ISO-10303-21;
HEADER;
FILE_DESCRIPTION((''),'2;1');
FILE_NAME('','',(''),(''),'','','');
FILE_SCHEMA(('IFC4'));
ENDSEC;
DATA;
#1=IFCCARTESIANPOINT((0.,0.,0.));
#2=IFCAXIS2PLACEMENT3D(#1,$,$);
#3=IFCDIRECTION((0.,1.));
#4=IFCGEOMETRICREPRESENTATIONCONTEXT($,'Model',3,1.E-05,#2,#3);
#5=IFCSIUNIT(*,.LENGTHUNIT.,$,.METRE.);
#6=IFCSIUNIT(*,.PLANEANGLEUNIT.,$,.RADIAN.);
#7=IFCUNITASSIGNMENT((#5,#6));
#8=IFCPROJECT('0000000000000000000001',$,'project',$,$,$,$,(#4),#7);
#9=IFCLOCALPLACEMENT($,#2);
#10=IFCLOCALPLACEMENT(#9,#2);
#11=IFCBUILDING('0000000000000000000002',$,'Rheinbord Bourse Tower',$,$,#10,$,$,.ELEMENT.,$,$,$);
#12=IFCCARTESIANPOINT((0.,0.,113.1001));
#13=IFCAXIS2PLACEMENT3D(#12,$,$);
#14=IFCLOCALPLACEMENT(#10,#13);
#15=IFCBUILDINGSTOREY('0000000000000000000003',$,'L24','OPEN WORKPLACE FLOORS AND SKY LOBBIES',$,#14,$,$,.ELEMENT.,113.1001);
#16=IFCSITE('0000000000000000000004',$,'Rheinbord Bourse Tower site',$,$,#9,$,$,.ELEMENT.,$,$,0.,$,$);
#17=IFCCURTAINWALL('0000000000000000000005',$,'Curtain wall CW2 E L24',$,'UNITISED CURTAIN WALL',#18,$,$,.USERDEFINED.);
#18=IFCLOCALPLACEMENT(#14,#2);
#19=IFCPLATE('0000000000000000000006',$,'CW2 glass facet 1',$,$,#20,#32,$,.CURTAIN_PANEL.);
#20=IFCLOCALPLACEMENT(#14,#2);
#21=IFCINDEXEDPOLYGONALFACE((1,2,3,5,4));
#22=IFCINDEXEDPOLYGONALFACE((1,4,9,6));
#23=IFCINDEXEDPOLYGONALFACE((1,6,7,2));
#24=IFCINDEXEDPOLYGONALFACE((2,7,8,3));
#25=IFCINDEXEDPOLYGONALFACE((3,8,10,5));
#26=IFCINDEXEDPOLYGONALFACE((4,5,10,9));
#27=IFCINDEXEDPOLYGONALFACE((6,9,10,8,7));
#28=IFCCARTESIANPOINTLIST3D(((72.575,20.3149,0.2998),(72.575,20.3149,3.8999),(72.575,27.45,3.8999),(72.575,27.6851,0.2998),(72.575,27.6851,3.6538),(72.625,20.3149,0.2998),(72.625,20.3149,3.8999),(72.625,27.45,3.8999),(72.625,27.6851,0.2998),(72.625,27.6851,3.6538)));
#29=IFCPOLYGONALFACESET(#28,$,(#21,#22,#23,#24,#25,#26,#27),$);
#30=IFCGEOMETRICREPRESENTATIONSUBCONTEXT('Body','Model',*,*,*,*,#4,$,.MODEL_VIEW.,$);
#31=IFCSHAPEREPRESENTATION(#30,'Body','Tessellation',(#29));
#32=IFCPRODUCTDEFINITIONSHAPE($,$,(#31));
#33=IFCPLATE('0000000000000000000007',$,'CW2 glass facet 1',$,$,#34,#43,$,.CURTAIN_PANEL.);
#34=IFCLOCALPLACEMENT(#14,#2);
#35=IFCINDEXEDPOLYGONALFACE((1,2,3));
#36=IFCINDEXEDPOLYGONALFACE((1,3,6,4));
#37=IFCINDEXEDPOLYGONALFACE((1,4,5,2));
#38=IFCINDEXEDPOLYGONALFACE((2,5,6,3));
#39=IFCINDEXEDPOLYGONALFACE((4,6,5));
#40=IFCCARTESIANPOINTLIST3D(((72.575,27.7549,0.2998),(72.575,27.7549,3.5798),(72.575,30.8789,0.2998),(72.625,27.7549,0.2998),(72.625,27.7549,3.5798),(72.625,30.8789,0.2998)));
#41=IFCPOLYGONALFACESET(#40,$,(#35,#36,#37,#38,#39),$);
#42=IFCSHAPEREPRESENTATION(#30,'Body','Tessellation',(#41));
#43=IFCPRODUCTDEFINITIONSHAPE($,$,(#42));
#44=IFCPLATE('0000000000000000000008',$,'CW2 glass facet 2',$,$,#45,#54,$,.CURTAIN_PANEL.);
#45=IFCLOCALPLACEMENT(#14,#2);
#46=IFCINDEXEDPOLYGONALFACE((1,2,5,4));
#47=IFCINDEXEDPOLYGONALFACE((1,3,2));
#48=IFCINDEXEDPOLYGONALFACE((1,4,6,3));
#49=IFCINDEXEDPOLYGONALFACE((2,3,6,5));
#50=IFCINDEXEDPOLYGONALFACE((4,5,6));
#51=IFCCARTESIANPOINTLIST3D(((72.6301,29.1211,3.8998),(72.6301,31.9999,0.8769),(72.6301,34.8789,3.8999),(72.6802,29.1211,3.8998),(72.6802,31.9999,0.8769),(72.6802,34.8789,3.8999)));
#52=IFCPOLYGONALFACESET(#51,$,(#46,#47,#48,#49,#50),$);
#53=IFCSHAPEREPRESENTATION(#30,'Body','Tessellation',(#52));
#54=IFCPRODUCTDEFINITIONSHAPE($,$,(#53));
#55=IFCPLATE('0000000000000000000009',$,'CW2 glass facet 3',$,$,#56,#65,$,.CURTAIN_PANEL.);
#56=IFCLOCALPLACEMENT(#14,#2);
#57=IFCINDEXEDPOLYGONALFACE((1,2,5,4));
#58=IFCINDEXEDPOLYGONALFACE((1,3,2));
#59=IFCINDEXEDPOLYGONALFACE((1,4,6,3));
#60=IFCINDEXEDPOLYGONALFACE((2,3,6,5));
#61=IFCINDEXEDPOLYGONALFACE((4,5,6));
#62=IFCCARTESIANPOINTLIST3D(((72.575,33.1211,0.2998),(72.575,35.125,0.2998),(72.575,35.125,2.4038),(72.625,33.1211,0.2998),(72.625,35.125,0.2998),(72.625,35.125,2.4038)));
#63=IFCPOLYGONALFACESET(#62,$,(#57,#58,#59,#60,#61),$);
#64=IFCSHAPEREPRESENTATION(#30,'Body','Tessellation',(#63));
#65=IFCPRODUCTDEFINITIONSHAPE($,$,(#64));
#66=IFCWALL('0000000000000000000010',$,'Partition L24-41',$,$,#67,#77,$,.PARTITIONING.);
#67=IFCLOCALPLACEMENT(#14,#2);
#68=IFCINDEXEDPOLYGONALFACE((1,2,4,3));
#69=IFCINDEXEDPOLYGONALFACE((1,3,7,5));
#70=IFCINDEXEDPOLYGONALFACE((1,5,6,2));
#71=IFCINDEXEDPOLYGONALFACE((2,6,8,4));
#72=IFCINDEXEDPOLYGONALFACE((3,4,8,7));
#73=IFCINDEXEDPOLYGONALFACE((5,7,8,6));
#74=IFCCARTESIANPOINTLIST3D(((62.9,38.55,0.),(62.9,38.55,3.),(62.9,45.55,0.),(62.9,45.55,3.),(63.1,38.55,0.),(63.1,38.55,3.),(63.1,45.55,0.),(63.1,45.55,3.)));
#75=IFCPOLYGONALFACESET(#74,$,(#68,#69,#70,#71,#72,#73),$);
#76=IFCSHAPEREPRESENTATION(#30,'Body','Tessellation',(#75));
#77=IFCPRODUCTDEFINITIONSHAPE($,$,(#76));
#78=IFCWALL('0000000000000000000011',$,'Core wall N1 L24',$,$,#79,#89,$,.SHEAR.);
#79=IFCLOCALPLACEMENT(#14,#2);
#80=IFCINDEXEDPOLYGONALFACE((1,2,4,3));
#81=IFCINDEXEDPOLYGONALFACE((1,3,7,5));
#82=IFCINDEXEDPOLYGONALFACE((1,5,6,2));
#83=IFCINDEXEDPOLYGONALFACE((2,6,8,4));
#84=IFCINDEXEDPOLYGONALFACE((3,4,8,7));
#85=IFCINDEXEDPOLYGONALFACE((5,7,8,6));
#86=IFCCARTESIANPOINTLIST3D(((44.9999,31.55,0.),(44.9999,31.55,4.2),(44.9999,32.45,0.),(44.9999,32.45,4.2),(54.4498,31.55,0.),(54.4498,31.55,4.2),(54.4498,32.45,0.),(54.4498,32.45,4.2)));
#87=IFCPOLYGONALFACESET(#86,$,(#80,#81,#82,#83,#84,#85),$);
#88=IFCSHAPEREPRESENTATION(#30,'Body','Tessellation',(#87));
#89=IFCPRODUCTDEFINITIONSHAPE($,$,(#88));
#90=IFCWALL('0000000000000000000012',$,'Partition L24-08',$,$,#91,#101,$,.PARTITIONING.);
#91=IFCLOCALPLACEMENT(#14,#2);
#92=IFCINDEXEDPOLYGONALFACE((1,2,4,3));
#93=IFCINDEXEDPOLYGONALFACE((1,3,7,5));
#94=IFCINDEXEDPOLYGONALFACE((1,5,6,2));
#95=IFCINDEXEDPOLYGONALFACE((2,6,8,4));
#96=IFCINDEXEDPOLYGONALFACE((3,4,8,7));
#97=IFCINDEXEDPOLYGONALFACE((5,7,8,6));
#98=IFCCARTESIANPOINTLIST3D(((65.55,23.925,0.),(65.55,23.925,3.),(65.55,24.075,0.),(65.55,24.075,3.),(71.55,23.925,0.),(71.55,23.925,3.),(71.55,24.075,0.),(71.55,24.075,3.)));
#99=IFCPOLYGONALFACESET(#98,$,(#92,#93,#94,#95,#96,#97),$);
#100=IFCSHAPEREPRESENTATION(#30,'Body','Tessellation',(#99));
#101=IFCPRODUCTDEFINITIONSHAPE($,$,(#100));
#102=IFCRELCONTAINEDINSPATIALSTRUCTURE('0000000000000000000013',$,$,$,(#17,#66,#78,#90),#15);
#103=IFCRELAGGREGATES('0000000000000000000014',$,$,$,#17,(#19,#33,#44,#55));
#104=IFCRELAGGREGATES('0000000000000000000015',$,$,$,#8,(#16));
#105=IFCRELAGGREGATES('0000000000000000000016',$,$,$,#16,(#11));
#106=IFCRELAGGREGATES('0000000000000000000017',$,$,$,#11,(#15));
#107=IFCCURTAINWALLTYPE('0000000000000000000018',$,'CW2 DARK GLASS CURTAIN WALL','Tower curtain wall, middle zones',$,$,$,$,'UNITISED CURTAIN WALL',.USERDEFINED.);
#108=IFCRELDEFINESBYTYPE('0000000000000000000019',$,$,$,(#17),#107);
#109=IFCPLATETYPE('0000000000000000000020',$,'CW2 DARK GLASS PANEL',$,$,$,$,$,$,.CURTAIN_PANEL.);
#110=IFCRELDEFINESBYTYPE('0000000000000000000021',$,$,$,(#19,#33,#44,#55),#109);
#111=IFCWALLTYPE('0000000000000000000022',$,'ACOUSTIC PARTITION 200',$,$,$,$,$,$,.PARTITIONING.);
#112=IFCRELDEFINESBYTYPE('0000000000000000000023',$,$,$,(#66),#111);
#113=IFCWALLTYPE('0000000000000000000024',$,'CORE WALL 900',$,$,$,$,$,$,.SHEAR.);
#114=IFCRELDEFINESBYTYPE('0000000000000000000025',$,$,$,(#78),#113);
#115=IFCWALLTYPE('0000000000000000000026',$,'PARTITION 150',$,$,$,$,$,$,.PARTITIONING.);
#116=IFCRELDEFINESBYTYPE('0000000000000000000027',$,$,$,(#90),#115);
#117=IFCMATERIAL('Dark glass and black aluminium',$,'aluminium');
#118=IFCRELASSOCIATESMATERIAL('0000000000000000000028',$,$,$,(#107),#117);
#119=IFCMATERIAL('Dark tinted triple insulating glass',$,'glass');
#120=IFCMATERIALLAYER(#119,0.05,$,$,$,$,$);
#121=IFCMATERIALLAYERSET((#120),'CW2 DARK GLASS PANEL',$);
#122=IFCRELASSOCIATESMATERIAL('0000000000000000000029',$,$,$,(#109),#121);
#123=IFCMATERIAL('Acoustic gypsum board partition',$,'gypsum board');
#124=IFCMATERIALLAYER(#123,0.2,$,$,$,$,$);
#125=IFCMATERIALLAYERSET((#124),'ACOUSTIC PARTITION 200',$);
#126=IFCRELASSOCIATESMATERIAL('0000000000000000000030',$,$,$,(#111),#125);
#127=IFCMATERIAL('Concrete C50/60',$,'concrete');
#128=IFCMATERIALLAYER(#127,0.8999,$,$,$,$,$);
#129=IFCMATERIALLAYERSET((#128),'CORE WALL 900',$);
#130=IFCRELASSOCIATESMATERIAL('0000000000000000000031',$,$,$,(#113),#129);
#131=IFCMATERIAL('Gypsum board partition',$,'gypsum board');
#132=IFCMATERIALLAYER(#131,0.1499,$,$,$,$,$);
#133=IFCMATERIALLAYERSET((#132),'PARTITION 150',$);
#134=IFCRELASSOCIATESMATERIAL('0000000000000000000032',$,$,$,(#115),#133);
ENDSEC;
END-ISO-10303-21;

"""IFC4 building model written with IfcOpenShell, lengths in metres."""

from ifc_helpers import new_model, si_unit, direction, frame, frame_2d, origin, place, context, subcontext, project, spatial, polyline, rectangle, outline, extrude, material, layer, layer_set, type_object, element, aggregate, save


model = new_model("IFC4")

# Units and contexts
model_context = context("Model", 3, precision=1e-05, world=origin(), true_north=direction((0.0, 1.0)))
body_context = subcontext(model_context, "Body", "Model", "MODEL_VIEW")
ifc_project = project(units=[si_unit("LENGTHUNIT", "METRE"), si_unit("PLANEANGLEUNIT", "RADIAN")], contexts=[model_context])

# Site, building, storey
site_placement = place(None, origin())
site = spatial("IfcSite", under=ifc_project, at=site_placement, Name="Rheinbord Bourse Tower site", CompositionType="ELEMENT", RefElevation=0.0)
building_placement = place(site_placement, origin())
building = spatial("IfcBuilding", under=site, at=building_placement, Name="Rheinbord Bourse Tower", CompositionType="ELEMENT")
storey_placement = place(building_placement, frame((0.0, 0.0, 113.1001)))
storey = spatial("IfcBuildingStorey", under=building, at=storey_placement, Name="L24", Description="OPEN WORKPLACE FLOORS AND SKY LOBBIES", CompositionType="ELEMENT", Elevation=113.1001)

# Curtain wall
ifc_material_1 = material(Name="Dark glass and black aluminium", Category="aluminium")
curtain_wall_type = type_object("IfcCurtainWallType", Name="CW2 DARK GLASS CURTAIN WALL", Description="Tower curtain wall, middle zones", ElementType="UNITISED CURTAIN WALL", PredefinedType="USERDEFINED", material=ifc_material_1)
curtain_wall_placement = place(storey_placement, origin())
curtain_wall = element("IfcCurtainWall", 1, at=curtain_wall_placement, inside=storey, type_object=curtain_wall_type, Name="Curtain wall CW2 E L24", ObjectType="UNITISED CURTAIN WALL", PredefinedType="USERDEFINED")

# Plates
ifc_material_2 = material(Name="Dark tinted triple insulating glass", Category="glass")
ifc_layer_1 = layer(ifc_material_2, 0.05)
ifc_layer_set_1 = layer_set([ifc_layer_1], Name="CW2 DARK GLASS PANEL")
plate_type = type_object("IfcPlateType", Name="CW2 DARK GLASS PANEL", PredefinedType="CURTAIN_PANEL", material=ifc_layer_set_1)
plate_1_placement = place(storey_placement, frame((72.625, 27.6851, 0.2998), z_axis=(-1.0, 0.0, 0.0), x_axis=(0.0, -1.0, 0.0)))
plate_1 = element("IfcPlate", 2, at=plate_1_placement, type_object=plate_type, Name="CW2 glass facet 1", PredefinedType="CURTAIN_PANEL", context=body_context, shape_type="SweptSolid", body=[
    extrude(outline(polyline([(0.0, 0.0), (7.3701, 0.0), (7.3701, 3.6001), (0.2351, 3.6001), (0.0, 3.354), (0.0, 0.0)])), origin(), (0.0, 0.0, 1.0), 0.05),
])
plate_2_placement = place(storey_placement, frame((72.625, 27.7549, 0.2998), z_axis=(-1.0, 0.0, 0.0), x_axis=(0.0, 0.0, 1.0)))
plate_2 = element("IfcPlate", 3, at=plate_2_placement, type_object=plate_type, Name="CW2 glass facet 1", PredefinedType="CURTAIN_PANEL", context=body_context, shape_type="SweptSolid", body=[
    extrude(outline(polyline([(0.0, 0.0), (3.28, 0.0), (0.0, 3.124), (0.0, 0.0)])), origin(), (0.0, 0.0, 1.0), 0.05),
])
plate_3_placement = place(storey_placement, frame((72.6802, 34.8789, 3.8999), z_axis=(-1.0, 0.0, 0.0), x_axis=(0.0, -0.689643, -0.724149)))
plate_3 = element("IfcPlate", 4, at=plate_3_placement, type_object=plate_type, Name="CW2 glass facet 2", PredefinedType="CURTAIN_PANEL", context=body_context, shape_type="SweptSolid", body=[
    extrude(outline(polyline([(0.0, 0.0), (4.1746, 0.0), (3.9709, 4.1694), (0.0, 0.0)])), origin(), (0.0, 0.0, 1.0), 0.05),
])
plate_4_placement = place(storey_placement, frame((72.625, 35.125, 0.2998), z_axis=(-1.0, 0.0, 0.0), x_axis=(0.0, -1.0, 0.0)))
plate_4 = element("IfcPlate", 5, at=plate_4_placement, type_object=plate_type, Name="CW2 glass facet 3", PredefinedType="CURTAIN_PANEL", context=body_context, shape_type="SweptSolid", body=[
    extrude(outline(polyline([(0.0, 0.0), (2.0039, 0.0), (0.0, 2.104), (0.0, 0.0)])), origin(), (0.0, 0.0, 1.0), 0.05),
])
aggregate(curtain_wall, [plate_1, plate_2, plate_3, plate_4])

# Walls
ifc_material_3 = material(Name="Acoustic gypsum board partition", Category="gypsum board")
ifc_layer_2 = layer(ifc_material_3, 0.2)
ifc_layer_set_2 = layer_set([ifc_layer_2], Name="ACOUSTIC PARTITION 200")
wall_type_1 = type_object("IfcWallType", Name="ACOUSTIC PARTITION 200", PredefinedType="PARTITIONING", material=ifc_layer_set_2)
wall_1_placement = place(storey_placement, frame((63.0, 38.55, 0.0), z_axis=(0.0, 0.0, 1.0), x_axis=(0.0, 1.0, 0.0)))
element("IfcWall", 6, at=wall_1_placement, inside=storey, type_object=wall_type_1, Name="Partition L24-41", PredefinedType="PARTITIONING", context=body_context, shape_type="SweptSolid", body=[
    extrude(rectangle(XDim=7.0, YDim=0.2, at=frame_2d((3.5, 0.0))), origin(), (0.0, 0.0, 1.0), 3.0),
])
ifc_material_4 = material(Name="Concrete C50/60", Category="concrete")
ifc_layer_3 = layer(ifc_material_4, 0.8999)
ifc_layer_set_3 = layer_set([ifc_layer_3], Name="CORE WALL 900")
wall_type_2 = type_object("IfcWallType", Name="CORE WALL 900", PredefinedType="SHEAR", material=ifc_layer_set_3)
wall_2_placement = place(storey_placement, frame((54.45, 32.0, 0.0), z_axis=(0.0, 0.0, 1.0), x_axis=(-1.0, 0.0, 0.0)))
element("IfcWall", 7, at=wall_2_placement, inside=storey, type_object=wall_type_2, Name="Core wall N1 L24", PredefinedType="SHEAR", context=body_context, shape_type="SweptSolid", body=[
    extrude(rectangle(XDim=9.45, YDim=0.8999, at=frame_2d((4.7251, 0.0))), origin(), (0.0, 0.0, 1.0), 4.2),
])
ifc_material_5 = material(Name="Gypsum board partition", Category="gypsum board")
ifc_layer_4 = layer(ifc_material_5, 0.1499)
ifc_layer_set_4 = layer_set([ifc_layer_4], Name="PARTITION 150")
wall_type_3 = type_object("IfcWallType", Name="PARTITION 150", PredefinedType="PARTITIONING", material=ifc_layer_set_4)
wall_3_placement = place(storey_placement, frame((65.55, 24.0, 0.0), z_axis=(0.0, 0.0, 1.0), x_axis=(1.0, 0.0, 0.0)))
element("IfcWall", 8, at=wall_3_placement, inside=storey, type_object=wall_type_3, Name="Partition L24-08", PredefinedType="PARTITIONING", context=body_context, shape_type="SweptSolid", body=[
    extrude(rectangle(XDim=6.0, YDim=0.1499, at=frame_2d((3.0, 0.0))), origin(), (0.0, 0.0, 1.0), 3.0),
])

save(model, "model.ifc")
